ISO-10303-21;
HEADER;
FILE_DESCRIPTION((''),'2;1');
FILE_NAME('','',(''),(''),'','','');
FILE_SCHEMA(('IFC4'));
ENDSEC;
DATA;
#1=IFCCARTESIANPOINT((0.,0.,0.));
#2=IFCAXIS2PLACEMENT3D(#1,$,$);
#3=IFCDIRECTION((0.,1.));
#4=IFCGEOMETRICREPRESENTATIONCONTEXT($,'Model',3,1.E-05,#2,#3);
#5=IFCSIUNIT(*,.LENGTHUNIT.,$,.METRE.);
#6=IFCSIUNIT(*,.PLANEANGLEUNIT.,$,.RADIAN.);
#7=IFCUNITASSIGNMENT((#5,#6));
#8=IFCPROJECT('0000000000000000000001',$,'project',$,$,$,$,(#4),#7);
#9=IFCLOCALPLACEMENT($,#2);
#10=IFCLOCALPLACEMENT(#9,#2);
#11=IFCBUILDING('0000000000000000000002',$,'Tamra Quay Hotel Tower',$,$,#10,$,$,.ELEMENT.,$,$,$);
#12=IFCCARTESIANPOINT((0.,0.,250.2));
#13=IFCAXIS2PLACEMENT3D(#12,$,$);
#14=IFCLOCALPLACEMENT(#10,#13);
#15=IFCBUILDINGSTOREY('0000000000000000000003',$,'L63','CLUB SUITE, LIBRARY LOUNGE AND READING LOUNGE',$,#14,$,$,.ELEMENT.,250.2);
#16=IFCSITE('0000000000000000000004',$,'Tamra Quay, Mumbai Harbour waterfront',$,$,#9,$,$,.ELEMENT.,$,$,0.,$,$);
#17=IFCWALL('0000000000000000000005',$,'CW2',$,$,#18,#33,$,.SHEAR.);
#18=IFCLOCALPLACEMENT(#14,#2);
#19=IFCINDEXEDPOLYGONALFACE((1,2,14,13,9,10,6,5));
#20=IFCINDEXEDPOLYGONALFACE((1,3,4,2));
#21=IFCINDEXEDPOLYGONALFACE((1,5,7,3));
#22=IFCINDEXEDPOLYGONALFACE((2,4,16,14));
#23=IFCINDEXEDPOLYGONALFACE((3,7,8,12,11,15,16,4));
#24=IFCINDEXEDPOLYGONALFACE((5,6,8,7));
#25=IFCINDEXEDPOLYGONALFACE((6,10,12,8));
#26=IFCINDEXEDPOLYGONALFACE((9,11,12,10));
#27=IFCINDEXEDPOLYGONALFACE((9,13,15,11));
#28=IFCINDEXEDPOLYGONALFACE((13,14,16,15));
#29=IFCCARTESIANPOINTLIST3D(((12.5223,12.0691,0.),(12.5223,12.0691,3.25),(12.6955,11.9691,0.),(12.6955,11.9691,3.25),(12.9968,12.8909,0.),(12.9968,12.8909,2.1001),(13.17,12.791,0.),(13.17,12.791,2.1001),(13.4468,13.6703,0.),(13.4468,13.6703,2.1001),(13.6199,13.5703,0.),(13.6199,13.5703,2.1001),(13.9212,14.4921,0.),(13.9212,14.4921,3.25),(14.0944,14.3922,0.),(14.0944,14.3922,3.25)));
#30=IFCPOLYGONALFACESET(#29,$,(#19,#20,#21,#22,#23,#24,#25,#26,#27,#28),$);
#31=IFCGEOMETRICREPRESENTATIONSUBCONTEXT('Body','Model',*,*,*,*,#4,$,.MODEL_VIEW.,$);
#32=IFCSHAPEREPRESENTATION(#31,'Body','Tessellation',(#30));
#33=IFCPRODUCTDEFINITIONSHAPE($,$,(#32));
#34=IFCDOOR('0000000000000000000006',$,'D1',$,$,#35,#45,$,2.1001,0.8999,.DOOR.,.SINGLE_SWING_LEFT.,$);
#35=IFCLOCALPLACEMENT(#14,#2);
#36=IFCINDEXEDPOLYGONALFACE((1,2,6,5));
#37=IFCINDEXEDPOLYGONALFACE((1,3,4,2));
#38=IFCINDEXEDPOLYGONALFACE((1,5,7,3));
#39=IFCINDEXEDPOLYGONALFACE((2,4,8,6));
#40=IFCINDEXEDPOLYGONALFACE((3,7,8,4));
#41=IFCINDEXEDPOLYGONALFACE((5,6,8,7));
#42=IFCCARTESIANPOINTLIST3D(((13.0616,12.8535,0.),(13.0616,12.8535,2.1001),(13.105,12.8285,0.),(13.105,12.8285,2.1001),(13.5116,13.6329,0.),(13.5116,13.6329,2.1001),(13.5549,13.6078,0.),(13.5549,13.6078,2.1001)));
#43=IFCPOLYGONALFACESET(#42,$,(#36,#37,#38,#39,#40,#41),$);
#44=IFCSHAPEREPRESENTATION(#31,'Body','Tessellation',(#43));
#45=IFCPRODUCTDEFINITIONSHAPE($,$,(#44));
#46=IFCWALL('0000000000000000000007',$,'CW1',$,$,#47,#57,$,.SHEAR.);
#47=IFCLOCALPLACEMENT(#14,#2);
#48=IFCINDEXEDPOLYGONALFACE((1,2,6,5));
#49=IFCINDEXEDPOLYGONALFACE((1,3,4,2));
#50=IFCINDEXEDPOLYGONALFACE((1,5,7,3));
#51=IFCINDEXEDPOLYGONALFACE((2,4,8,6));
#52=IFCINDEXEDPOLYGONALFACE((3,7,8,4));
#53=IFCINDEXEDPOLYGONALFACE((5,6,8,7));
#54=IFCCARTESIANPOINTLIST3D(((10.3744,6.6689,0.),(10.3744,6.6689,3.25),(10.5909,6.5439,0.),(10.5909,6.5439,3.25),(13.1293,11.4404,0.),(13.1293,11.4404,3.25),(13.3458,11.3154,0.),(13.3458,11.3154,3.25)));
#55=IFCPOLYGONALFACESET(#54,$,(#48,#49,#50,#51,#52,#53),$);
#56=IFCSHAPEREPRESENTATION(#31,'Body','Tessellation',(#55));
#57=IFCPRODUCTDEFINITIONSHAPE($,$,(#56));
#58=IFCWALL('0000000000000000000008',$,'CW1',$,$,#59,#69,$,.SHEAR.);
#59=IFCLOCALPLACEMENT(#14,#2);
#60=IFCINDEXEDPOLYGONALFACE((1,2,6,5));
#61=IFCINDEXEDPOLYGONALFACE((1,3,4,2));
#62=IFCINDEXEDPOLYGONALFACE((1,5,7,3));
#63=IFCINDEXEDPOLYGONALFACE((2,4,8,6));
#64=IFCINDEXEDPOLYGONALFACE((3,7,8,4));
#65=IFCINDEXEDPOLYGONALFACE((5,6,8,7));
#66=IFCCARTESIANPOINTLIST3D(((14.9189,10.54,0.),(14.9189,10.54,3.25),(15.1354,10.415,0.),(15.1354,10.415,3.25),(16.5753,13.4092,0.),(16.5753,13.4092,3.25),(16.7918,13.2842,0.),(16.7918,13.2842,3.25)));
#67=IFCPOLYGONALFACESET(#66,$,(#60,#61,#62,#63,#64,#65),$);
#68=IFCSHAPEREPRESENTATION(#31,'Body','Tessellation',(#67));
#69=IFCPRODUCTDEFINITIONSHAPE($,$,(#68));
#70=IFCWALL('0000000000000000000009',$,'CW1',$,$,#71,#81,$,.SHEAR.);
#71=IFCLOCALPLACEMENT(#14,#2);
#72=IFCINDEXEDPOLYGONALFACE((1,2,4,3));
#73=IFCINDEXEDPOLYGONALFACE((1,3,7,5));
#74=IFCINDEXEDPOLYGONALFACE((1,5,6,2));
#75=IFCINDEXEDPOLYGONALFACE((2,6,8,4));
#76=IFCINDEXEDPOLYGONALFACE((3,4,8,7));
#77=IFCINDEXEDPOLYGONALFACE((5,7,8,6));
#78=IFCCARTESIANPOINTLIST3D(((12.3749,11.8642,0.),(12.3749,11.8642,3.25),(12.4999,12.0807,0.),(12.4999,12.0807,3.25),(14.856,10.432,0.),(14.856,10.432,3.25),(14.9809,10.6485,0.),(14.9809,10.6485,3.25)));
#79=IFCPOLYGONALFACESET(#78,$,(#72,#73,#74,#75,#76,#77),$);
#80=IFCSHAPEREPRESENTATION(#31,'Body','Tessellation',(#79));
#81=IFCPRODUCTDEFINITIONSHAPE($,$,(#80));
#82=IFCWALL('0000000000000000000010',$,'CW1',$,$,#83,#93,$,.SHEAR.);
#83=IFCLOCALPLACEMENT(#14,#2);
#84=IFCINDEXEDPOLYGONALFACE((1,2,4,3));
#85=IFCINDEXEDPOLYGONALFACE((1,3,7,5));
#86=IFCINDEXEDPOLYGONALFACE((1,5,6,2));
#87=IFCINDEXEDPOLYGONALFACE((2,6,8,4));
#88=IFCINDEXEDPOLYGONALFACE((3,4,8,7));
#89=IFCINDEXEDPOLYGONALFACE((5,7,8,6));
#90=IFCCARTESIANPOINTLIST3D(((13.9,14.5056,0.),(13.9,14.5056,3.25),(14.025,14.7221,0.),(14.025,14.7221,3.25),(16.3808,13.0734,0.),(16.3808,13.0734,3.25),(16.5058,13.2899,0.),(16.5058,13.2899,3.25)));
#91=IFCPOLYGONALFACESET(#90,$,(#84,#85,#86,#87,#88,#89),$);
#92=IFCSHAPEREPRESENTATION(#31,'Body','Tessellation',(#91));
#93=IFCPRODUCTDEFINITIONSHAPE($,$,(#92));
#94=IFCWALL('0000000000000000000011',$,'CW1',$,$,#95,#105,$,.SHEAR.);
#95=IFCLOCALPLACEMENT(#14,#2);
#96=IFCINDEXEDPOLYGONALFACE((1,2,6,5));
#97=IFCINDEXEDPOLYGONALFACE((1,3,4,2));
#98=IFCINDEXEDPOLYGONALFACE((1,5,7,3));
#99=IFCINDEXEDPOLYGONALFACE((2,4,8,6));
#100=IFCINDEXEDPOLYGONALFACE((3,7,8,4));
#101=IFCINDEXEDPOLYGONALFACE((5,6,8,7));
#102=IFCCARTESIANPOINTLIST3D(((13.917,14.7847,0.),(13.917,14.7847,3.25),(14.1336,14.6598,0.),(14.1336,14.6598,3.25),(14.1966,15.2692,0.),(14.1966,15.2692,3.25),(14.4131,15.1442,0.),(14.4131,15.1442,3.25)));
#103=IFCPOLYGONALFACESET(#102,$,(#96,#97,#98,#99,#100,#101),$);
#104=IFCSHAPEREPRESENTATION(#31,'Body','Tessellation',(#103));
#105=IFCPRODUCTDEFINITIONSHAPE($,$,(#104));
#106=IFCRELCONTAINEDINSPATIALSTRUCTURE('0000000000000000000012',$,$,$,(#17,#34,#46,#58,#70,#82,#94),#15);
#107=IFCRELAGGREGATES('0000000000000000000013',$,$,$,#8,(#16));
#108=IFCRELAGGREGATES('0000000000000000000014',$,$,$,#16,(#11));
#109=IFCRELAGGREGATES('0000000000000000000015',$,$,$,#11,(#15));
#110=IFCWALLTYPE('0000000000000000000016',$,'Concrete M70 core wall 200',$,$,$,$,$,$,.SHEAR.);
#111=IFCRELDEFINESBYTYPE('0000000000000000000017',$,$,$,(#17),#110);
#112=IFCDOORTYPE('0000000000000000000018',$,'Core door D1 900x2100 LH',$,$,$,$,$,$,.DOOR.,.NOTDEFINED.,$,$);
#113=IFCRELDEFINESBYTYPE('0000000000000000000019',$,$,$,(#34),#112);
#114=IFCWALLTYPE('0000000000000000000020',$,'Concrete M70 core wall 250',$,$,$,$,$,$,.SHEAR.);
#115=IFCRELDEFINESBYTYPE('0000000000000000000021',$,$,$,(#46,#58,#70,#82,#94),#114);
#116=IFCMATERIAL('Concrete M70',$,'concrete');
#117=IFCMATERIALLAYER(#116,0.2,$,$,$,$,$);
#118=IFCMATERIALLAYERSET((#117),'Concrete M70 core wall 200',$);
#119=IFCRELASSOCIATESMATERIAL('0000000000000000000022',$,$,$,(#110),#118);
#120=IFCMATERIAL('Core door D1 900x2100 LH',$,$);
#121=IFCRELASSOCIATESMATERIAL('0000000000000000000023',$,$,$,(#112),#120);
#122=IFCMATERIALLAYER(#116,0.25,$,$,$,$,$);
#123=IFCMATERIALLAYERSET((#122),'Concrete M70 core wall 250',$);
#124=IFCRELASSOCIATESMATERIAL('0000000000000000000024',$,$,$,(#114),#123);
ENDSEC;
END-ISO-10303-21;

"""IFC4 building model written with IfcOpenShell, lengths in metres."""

from ifc_helpers import new_model, si_unit, direction, frame, frame_2d, origin, place, context, subcontext, project, spatial, rectangle, extrude, material, layer, layer_set, type_object, element, fill, save


model = new_model("IFC4")

# Units and contexts
model_context = context("Model", 3, precision=1e-05, world=origin(), true_north=direction((0.0, 1.0)))
body_context = subcontext(model_context, "Body", "Model", "MODEL_VIEW")
ifc_project = project(units=[si_unit("LENGTHUNIT", "METRE"), si_unit("PLANEANGLEUNIT", "RADIAN")], contexts=[model_context])

# Site, building, storey
site_placement = place(None, origin())
site = spatial("IfcSite", under=ifc_project, at=site_placement, Name="Tamra Quay, Mumbai Harbour waterfront", CompositionType="ELEMENT", RefElevation=0.0)
building_placement = place(site_placement, origin())
building = spatial("IfcBuilding", under=site, at=building_placement, Name="Tamra Quay Hotel Tower", CompositionType="ELEMENT")
storey_placement = place(building_placement, frame((0.0, 0.0, 250.2)))
storey = spatial("IfcBuildingStorey", under=building, at=storey_placement, Name="L63", Description="CLUB SUITE, LIBRARY LOUNGE AND READING LOUNGE", CompositionType="ELEMENT", Elevation=250.2)

# Shared definitions
ifc_material_1 = material(Name="Concrete M70", Category="concrete")

# Wall, opening, door
ifc_layer_1 = layer(ifc_material_1, 0.2)
ifc_layer_set_1 = layer_set([ifc_layer_1], Name="Concrete M70 core wall 200")
wall_type_1 = type_object("IfcWallType", Name="Concrete M70 core wall 200", PredefinedType="SHEAR", material=ifc_layer_set_1)
wall_1_placement = place(storey_placement, frame((14.0078, 14.4421, 0.0), z_axis=(0.0, 0.0, 1.0), x_axis=(-0.499987, -0.866033, 0.0)))
wall_1 = element("IfcWall", 1, at=wall_1_placement, inside=storey, type_object=wall_type_1, Name="CW2", PredefinedType="SHEAR", context=body_context, shape_type="SweptSolid", body=[
    extrude(rectangle(XDim=2.7979, YDim=0.2, at=frame_2d((1.3989, 0.0))), origin(), (0.0, 0.0, 1.0), 3.25),
])
opening_placement = place(wall_1_placement, frame((0.949, 0.0, 0.0)))
opening = element("IfcOpeningElement", 2, at=opening_placement, cuts=wall_1, PredefinedType="OPENING", context=body_context, shape_type="SweptSolid", body=[
    extrude(rectangle(XDim=0.8999, YDim=2.1001, at=frame_2d((0.45, 1.05))), frame((0.0, 0.1099, 0.0), z_axis=(0.0, -1.0, 0.0), x_axis=(1.0, 0.0, 0.0)), (0.0, 0.0, 1.0), 0.22),
])
ifc_material_2 = material(Name="Core door D1 900x2100 LH")
door_type = type_object("IfcDoorType", Name="Core door D1 900x2100 LH", OperationType="NOTDEFINED", PredefinedType="DOOR", material=ifc_material_2)
door_placement = place(opening_placement, origin())
door = element("IfcDoor", 3, at=door_placement, inside=storey, type_object=door_type, Name="D1", OperationType="SINGLE_SWING_LEFT", OverallHeight=2.1001, OverallWidth=0.8999, PredefinedType="DOOR", context=body_context, shape_type="SweptSolid", body=[
    extrude(rectangle(XDim=0.8999, YDim=2.1001, at=frame_2d((0.45, 1.05))), frame((0.0, 0.0249, 0.0), z_axis=(0.0, -1.0, 0.0), x_axis=(1.0, 0.0, 0.0)), (0.0, 0.0, 1.0), 0.05),
])
fill(opening, door)

# Walls
ifc_layer_2 = layer(ifc_material_1, 0.25)
ifc_layer_set_2 = layer_set([ifc_layer_2], Name="Concrete M70 core wall 250")
wall_type_2 = type_object("IfcWallType", Name="Concrete M70 core wall 250", PredefinedType="SHEAR", material=ifc_layer_set_2)
wall_2_placement = place(storey_placement, frame((13.2375, 11.3779, 0.0), z_axis=(0.0, 0.0, 1.0), x_axis=(-0.500009, -0.86602, 0.0)))
element("IfcWall", 4, at=wall_2_placement, inside=storey, type_object=wall_type_2, Name="CW1", PredefinedType="SHEAR", context=body_context, shape_type="SweptSolid", body=[
    extrude(rectangle(XDim=5.5098, YDim=0.25, at=frame_2d((2.7549, 0.0))), origin(), (0.0, 0.0, 1.0), 3.25),
])
wall_3_placement = place(storey_placement, frame((16.6836, 13.3467, 0.0), z_axis=(0.0, 0.0, 1.0), x_axis=(-0.499999, -0.866026, 0.0)))
element("IfcWall", 5, at=wall_3_placement, inside=storey, type_object=wall_type_2, Name="CW1", PredefinedType="SHEAR", context=body_context, shape_type="SweptSolid", body=[
    extrude(rectangle(XDim=3.313, YDim=0.25, at=frame_2d((1.6565, 0.0))), origin(), (0.0, 0.0, 1.0), 3.25),
])
wall_4_placement = place(storey_placement, frame((14.9185, 10.5403, 0.0), z_axis=(0.0, 0.0, 1.0), x_axis=(-0.866064, 0.499934, 0.0)))
element("IfcWall", 6, at=wall_4_placement, inside=storey, type_object=wall_type_2, Name="CW1", PredefinedType="SHEAR", context=body_context, shape_type="SweptSolid", body=[
    extrude(rectangle(XDim=2.8647, YDim=0.25, at=frame_2d((1.4324, 0.0))), origin(), (0.0, 0.0, 1.0), 3.25),
])
wall_5_placement = place(storey_placement, frame((13.9626, 14.6138, 0.0), z_axis=(0.0, 0.0, 1.0), x_axis=(0.866042, -0.499971, 0.0)))
element("IfcWall", 7, at=wall_5_placement, inside=storey, type_object=wall_type_2, Name="CW1", PredefinedType="SHEAR", context=body_context, shape_type="SweptSolid", body=[
    extrude(rectangle(XDim=2.8645, YDim=0.25, at=frame_2d((1.4321, 0.0))), origin(), (0.0, 0.0, 1.0), 3.25),
])
wall_6_placement = place(storey_placement, frame((14.3049, 15.2068, 0.0), z_axis=(0.0, 0.0, 1.0), x_axis=(-0.499848, -0.866113, 0.0)))
element("IfcWall", 8, at=wall_6_placement, inside=storey, type_object=wall_type_2, Name="CW1", PredefinedType="SHEAR", context=body_context, shape_type="SweptSolid", body=[
    extrude(rectangle(XDim=0.5593, YDim=0.25, at=frame_2d((0.2798, 0.0))), origin(), (0.0, 0.0, 1.0), 3.25),
])

save(model, "model.ifc")
